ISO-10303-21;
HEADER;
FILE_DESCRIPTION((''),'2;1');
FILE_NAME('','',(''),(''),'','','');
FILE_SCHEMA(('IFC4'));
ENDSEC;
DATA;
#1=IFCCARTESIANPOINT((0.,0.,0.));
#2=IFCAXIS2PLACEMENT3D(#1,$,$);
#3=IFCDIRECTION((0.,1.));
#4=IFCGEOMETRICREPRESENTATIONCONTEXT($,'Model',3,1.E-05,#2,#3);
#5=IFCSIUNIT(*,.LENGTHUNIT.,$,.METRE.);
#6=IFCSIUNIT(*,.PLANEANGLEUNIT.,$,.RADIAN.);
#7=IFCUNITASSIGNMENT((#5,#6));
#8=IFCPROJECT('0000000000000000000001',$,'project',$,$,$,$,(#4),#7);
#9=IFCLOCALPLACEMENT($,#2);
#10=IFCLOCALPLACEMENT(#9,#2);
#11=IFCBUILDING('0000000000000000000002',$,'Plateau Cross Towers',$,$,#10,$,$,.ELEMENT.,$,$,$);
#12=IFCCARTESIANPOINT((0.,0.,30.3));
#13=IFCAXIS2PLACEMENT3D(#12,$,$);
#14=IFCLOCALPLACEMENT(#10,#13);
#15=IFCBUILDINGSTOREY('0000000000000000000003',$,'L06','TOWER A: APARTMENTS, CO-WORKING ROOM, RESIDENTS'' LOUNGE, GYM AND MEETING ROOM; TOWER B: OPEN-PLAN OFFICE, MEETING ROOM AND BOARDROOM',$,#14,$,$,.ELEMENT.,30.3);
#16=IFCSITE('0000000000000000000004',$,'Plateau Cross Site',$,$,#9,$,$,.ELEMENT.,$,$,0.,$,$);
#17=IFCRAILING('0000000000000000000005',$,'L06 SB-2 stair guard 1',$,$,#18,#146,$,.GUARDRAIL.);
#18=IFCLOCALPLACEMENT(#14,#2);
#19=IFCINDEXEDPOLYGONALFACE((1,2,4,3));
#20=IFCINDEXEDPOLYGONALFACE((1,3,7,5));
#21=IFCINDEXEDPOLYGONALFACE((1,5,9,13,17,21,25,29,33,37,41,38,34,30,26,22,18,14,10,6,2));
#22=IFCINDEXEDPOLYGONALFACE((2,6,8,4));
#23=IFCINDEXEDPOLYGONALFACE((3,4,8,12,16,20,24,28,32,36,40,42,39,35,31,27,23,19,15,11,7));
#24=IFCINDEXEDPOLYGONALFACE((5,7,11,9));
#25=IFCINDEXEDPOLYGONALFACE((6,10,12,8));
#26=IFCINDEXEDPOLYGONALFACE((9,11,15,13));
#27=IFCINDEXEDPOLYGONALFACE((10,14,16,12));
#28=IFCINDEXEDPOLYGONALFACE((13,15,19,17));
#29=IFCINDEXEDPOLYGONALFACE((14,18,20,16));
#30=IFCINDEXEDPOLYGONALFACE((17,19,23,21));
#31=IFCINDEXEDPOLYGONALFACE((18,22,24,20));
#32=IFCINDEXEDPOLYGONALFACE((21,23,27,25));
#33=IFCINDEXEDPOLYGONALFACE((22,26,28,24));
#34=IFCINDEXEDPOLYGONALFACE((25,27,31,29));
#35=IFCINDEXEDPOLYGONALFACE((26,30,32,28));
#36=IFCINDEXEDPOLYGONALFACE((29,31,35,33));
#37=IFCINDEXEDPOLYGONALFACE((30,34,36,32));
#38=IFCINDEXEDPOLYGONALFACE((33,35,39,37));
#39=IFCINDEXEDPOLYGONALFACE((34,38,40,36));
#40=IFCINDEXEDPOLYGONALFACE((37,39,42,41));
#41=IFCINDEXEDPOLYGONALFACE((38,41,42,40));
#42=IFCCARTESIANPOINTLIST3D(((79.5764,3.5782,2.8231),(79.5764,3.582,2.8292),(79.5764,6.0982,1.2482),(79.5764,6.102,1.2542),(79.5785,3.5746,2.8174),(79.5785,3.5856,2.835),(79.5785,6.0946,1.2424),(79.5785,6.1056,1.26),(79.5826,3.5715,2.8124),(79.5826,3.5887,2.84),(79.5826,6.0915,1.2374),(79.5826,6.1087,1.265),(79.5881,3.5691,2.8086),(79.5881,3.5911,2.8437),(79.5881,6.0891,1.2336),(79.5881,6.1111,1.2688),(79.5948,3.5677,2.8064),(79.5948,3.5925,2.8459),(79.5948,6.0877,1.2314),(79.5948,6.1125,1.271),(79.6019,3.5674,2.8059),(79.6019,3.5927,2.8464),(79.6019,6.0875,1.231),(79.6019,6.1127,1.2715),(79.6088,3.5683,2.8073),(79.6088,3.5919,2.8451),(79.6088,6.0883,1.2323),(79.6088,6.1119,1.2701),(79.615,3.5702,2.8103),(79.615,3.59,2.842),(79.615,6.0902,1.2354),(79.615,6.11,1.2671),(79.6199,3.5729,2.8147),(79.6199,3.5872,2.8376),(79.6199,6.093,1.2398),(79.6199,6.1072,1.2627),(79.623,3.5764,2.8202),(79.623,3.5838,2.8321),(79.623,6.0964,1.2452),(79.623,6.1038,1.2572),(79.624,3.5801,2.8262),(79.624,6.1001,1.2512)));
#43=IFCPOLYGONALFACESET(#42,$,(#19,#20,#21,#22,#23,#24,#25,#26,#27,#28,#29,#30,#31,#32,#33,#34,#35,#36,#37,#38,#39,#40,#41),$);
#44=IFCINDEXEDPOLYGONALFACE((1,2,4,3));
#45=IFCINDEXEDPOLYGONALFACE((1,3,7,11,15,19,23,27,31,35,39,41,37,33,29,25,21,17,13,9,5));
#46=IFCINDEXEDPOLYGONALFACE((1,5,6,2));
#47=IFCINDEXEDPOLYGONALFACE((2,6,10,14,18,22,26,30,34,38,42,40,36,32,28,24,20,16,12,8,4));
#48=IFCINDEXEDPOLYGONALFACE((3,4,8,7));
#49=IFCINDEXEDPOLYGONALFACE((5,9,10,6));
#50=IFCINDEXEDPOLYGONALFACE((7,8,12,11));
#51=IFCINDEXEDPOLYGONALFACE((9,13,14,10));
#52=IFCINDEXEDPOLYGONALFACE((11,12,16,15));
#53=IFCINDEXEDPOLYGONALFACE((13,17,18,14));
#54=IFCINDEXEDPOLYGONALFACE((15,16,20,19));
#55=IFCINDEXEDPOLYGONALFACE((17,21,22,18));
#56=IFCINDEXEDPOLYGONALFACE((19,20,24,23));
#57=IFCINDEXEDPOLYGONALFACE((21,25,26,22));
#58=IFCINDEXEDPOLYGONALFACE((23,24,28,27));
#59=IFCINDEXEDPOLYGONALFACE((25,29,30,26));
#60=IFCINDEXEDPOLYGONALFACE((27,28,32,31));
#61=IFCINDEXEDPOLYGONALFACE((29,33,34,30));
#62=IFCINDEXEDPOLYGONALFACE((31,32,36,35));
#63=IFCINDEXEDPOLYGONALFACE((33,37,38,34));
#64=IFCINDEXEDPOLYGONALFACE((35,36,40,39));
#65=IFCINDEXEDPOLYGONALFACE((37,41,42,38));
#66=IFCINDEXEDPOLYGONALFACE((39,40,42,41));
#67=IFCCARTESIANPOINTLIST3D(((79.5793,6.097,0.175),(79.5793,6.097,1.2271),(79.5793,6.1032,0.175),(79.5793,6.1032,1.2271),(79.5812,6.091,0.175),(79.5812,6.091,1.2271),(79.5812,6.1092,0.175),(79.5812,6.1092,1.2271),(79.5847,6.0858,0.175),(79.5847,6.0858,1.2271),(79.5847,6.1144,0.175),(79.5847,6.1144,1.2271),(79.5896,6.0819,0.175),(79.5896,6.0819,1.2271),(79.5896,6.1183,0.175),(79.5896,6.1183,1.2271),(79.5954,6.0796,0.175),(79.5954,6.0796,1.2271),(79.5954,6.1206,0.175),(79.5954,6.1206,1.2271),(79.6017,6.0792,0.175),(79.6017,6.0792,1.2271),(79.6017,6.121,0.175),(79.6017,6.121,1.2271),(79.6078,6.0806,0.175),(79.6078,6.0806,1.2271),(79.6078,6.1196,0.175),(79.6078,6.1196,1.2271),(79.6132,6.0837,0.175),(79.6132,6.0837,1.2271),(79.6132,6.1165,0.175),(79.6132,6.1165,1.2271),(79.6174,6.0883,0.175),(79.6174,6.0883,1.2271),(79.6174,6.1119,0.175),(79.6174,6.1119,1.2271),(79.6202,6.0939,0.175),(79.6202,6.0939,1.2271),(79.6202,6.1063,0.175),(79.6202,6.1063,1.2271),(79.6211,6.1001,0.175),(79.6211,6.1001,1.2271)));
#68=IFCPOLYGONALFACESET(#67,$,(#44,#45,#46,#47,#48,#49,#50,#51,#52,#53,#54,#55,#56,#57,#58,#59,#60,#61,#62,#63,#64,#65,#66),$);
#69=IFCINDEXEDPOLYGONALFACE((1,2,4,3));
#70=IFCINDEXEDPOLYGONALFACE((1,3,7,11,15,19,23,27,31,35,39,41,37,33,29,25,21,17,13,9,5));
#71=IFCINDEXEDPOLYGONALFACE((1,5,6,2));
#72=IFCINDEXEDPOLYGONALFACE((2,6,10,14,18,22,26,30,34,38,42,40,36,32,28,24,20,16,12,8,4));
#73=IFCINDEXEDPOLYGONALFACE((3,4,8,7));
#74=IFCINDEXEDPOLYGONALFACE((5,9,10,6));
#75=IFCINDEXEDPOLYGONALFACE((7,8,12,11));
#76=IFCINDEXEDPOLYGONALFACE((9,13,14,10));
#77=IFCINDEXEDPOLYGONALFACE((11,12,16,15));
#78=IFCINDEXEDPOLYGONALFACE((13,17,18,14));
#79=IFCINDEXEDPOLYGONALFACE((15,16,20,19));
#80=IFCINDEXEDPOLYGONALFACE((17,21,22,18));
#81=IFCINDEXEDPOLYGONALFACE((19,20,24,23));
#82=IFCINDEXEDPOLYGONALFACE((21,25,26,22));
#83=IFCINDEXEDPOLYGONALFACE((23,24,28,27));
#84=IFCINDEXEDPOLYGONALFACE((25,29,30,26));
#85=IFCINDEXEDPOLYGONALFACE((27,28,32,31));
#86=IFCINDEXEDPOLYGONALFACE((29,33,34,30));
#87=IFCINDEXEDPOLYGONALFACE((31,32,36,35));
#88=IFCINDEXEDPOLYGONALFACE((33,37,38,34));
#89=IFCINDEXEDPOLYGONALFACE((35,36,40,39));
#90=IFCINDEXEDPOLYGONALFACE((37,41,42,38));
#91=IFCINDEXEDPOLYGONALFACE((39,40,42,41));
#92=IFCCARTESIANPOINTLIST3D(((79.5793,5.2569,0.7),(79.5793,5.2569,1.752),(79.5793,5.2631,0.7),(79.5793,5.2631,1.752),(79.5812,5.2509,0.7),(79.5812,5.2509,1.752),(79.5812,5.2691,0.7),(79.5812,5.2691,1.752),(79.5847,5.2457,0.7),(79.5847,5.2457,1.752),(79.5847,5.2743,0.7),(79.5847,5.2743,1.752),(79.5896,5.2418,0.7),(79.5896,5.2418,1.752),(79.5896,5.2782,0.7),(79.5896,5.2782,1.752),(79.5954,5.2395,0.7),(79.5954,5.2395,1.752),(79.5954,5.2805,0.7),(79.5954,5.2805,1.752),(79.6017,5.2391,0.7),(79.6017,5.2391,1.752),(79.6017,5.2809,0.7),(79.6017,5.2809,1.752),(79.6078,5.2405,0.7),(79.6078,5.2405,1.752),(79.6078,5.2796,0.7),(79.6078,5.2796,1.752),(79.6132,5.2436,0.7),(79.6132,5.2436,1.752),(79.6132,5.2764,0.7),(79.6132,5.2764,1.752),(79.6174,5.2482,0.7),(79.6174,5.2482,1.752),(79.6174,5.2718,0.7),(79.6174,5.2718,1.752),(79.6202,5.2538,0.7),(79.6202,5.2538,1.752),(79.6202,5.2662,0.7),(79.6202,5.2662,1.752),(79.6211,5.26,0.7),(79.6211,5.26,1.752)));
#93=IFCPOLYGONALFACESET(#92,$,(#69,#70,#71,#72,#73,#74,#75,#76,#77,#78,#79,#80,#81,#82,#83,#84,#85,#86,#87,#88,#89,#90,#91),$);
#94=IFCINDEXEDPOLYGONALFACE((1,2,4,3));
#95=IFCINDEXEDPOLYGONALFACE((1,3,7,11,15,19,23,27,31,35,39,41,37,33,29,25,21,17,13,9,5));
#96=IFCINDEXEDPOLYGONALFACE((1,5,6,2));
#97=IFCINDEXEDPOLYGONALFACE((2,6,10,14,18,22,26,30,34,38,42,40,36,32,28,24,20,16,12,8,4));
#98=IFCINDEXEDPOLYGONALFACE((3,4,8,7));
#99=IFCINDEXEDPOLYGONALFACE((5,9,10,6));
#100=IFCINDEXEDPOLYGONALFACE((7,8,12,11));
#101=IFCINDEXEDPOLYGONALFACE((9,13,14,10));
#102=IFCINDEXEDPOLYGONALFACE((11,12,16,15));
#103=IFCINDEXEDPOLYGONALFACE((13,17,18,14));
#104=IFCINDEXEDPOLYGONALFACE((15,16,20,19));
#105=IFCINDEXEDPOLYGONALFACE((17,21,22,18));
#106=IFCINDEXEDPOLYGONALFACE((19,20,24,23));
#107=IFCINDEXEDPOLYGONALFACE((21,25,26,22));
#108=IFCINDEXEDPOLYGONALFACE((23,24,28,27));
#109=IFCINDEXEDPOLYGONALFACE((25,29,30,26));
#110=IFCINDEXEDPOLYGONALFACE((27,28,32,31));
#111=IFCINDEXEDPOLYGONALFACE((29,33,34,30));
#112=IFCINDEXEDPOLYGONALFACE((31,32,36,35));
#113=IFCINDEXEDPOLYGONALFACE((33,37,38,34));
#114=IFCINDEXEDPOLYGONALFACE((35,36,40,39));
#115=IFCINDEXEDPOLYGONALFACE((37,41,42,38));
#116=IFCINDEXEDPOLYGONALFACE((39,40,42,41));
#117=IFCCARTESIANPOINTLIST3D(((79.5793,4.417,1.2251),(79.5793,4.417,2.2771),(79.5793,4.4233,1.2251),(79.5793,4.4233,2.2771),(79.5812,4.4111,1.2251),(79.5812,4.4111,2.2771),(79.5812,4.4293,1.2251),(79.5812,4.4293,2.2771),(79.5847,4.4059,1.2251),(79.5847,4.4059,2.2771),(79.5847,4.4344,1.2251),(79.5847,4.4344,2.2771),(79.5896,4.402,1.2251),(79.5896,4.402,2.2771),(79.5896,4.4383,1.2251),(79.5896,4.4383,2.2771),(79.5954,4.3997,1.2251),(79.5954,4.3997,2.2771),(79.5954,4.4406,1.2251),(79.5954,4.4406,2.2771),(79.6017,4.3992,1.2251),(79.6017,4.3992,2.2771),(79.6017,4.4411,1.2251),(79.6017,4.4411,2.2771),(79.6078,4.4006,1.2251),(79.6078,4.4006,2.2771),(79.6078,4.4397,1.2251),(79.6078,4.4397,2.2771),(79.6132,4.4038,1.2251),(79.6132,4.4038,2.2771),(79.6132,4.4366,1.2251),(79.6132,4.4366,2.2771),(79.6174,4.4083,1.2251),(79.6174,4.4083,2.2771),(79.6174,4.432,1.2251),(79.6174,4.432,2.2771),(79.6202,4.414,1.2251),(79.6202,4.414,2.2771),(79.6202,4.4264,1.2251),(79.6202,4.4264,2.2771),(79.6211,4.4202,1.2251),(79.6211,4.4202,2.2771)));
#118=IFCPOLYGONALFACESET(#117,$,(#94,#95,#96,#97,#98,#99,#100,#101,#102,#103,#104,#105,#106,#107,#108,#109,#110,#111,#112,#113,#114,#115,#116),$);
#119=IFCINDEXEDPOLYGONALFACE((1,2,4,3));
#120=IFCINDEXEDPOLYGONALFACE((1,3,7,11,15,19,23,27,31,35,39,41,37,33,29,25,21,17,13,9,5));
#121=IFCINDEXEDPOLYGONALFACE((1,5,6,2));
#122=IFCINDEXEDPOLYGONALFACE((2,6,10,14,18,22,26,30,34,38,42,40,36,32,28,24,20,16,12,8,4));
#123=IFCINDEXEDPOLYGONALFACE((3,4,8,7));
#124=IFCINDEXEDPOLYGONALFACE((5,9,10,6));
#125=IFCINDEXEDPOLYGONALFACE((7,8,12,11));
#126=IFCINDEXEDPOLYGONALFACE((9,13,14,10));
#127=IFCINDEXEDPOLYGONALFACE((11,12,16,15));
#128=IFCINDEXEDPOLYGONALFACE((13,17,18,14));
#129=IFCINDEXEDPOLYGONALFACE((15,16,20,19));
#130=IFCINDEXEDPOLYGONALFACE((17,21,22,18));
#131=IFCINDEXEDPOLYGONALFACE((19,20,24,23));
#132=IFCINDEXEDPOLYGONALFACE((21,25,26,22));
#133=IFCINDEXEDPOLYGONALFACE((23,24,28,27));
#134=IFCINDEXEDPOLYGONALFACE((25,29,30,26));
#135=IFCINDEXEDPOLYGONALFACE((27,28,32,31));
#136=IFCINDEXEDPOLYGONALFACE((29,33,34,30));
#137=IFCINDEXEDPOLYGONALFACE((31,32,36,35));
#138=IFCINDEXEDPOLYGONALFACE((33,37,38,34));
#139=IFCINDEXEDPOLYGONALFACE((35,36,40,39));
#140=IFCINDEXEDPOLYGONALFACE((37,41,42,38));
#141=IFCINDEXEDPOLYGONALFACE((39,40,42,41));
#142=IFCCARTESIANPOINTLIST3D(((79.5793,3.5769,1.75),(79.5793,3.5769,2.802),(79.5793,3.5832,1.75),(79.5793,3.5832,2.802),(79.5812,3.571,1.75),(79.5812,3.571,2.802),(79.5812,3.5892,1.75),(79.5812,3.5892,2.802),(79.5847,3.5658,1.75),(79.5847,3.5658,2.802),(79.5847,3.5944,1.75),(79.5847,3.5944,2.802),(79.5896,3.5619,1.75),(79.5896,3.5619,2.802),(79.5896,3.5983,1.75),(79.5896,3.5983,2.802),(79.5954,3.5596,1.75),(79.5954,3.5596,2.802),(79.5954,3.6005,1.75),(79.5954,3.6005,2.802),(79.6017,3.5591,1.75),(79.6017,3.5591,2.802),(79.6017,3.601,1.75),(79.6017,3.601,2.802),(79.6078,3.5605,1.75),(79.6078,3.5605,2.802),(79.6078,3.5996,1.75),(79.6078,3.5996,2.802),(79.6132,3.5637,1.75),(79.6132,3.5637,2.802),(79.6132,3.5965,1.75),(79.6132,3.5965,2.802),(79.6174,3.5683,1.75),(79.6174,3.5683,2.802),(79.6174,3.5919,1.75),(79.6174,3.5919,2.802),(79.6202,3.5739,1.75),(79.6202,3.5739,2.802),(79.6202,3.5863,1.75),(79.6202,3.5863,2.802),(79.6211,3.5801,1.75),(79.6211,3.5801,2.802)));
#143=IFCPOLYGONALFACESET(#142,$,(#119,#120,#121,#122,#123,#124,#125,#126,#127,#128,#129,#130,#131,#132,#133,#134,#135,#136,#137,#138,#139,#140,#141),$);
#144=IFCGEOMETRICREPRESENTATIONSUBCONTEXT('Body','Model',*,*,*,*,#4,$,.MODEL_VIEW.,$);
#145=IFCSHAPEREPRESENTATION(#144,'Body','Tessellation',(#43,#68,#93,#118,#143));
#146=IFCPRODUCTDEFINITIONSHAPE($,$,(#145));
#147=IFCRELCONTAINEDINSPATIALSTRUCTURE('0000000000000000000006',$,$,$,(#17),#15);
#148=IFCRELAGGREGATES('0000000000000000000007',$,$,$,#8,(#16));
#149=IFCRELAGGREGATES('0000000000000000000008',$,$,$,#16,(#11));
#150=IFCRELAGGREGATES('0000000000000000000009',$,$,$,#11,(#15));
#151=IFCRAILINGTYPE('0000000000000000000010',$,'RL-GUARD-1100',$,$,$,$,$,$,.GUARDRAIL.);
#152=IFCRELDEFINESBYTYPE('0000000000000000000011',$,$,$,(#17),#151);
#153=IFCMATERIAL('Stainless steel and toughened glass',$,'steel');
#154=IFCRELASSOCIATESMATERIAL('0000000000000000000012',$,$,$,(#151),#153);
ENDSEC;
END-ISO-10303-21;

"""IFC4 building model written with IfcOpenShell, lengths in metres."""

from ifc_helpers import new_model, si_unit, direction, frame, origin, origin_2d, place, context, subcontext, project, spatial, circle, extrude, material, type_object, element, save


model = new_model("IFC4")

# Units and contexts
model_context = context("Model", 3, precision=1e-05, world=origin(), true_north=direction((0.0, 1.0)))
body_context = subcontext(model_context, "Body", "Model", "MODEL_VIEW")
ifc_project = project(units=[si_unit("LENGTHUNIT", "METRE"), si_unit("PLANEANGLEUNIT", "RADIAN")], contexts=[model_context])

# Site, building, storey
site_placement = place(None, origin())
site = spatial("IfcSite", under=ifc_project, at=site_placement, Name="Plateau Cross Site", CompositionType="ELEMENT", RefElevation=0.0)
building_placement = place(site_placement, origin())
building = spatial("IfcBuilding", under=site, at=building_placement, Name="Plateau Cross Towers", CompositionType="ELEMENT")
storey_placement = place(building_placement, frame((0.0, 0.0, 30.3)))
storey = spatial("IfcBuildingStorey", under=building, at=storey_placement, Name="L06", Description="TOWER A: APARTMENTS, CO-WORKING ROOM, RESIDENTS' LOUNGE, GYM AND MEETING ROOM; TOWER B: OPEN-PLAN OFFICE, MEETING ROOM AND BOARDROOM", CompositionType="ELEMENT", Elevation=30.3)

# Railing
ifc_material_1 = material(Name="Stainless steel and toughened glass", Category="steel")
railing_type_1 = type_object("IfcRailingType", Name="RL-GUARD-1100", PredefinedType="GUARDRAIL", material=ifc_material_1)
railing_1_placement = place(storey_placement, frame((79.6001, 6.1001, 0.175)))
element("IfcRailing", 1, at=railing_1_placement, inside=storey, type_object=railing_type_1, Name="L06 SB-2 stair guard 1", PredefinedType="GUARDRAIL", context=body_context, shape_type="SweptSolid", body=[
    extrude(circle(Radius=0.0239, at=origin_2d()), frame((0.0, 0.0, 1.0762), z_axis=(0.0, -0.848008, 0.529984), x_axis=(1.0, 0.0, 0.0)), (0.0, 0.0, 1.0), 2.9717),
    extrude(circle(Radius=0.021, at=origin_2d()), origin(), (0.0, 0.0, 1.0), 1.052),
    extrude(circle(Radius=0.021, at=origin_2d()), frame((0.0, -0.8401, 0.5249)), (0.0, 0.0, 1.0), 1.052),
    extrude(circle(Radius=0.021, at=origin_2d()), frame((0.0, -1.6799, 1.05)), (0.0, 0.0, 1.0), 1.052),
    extrude(circle(Radius=0.021, at=origin_2d()), frame((0.0, -2.52, 1.575)), (0.0, 0.0, 1.0), 1.052),
])

save(model, "model.ifc")
